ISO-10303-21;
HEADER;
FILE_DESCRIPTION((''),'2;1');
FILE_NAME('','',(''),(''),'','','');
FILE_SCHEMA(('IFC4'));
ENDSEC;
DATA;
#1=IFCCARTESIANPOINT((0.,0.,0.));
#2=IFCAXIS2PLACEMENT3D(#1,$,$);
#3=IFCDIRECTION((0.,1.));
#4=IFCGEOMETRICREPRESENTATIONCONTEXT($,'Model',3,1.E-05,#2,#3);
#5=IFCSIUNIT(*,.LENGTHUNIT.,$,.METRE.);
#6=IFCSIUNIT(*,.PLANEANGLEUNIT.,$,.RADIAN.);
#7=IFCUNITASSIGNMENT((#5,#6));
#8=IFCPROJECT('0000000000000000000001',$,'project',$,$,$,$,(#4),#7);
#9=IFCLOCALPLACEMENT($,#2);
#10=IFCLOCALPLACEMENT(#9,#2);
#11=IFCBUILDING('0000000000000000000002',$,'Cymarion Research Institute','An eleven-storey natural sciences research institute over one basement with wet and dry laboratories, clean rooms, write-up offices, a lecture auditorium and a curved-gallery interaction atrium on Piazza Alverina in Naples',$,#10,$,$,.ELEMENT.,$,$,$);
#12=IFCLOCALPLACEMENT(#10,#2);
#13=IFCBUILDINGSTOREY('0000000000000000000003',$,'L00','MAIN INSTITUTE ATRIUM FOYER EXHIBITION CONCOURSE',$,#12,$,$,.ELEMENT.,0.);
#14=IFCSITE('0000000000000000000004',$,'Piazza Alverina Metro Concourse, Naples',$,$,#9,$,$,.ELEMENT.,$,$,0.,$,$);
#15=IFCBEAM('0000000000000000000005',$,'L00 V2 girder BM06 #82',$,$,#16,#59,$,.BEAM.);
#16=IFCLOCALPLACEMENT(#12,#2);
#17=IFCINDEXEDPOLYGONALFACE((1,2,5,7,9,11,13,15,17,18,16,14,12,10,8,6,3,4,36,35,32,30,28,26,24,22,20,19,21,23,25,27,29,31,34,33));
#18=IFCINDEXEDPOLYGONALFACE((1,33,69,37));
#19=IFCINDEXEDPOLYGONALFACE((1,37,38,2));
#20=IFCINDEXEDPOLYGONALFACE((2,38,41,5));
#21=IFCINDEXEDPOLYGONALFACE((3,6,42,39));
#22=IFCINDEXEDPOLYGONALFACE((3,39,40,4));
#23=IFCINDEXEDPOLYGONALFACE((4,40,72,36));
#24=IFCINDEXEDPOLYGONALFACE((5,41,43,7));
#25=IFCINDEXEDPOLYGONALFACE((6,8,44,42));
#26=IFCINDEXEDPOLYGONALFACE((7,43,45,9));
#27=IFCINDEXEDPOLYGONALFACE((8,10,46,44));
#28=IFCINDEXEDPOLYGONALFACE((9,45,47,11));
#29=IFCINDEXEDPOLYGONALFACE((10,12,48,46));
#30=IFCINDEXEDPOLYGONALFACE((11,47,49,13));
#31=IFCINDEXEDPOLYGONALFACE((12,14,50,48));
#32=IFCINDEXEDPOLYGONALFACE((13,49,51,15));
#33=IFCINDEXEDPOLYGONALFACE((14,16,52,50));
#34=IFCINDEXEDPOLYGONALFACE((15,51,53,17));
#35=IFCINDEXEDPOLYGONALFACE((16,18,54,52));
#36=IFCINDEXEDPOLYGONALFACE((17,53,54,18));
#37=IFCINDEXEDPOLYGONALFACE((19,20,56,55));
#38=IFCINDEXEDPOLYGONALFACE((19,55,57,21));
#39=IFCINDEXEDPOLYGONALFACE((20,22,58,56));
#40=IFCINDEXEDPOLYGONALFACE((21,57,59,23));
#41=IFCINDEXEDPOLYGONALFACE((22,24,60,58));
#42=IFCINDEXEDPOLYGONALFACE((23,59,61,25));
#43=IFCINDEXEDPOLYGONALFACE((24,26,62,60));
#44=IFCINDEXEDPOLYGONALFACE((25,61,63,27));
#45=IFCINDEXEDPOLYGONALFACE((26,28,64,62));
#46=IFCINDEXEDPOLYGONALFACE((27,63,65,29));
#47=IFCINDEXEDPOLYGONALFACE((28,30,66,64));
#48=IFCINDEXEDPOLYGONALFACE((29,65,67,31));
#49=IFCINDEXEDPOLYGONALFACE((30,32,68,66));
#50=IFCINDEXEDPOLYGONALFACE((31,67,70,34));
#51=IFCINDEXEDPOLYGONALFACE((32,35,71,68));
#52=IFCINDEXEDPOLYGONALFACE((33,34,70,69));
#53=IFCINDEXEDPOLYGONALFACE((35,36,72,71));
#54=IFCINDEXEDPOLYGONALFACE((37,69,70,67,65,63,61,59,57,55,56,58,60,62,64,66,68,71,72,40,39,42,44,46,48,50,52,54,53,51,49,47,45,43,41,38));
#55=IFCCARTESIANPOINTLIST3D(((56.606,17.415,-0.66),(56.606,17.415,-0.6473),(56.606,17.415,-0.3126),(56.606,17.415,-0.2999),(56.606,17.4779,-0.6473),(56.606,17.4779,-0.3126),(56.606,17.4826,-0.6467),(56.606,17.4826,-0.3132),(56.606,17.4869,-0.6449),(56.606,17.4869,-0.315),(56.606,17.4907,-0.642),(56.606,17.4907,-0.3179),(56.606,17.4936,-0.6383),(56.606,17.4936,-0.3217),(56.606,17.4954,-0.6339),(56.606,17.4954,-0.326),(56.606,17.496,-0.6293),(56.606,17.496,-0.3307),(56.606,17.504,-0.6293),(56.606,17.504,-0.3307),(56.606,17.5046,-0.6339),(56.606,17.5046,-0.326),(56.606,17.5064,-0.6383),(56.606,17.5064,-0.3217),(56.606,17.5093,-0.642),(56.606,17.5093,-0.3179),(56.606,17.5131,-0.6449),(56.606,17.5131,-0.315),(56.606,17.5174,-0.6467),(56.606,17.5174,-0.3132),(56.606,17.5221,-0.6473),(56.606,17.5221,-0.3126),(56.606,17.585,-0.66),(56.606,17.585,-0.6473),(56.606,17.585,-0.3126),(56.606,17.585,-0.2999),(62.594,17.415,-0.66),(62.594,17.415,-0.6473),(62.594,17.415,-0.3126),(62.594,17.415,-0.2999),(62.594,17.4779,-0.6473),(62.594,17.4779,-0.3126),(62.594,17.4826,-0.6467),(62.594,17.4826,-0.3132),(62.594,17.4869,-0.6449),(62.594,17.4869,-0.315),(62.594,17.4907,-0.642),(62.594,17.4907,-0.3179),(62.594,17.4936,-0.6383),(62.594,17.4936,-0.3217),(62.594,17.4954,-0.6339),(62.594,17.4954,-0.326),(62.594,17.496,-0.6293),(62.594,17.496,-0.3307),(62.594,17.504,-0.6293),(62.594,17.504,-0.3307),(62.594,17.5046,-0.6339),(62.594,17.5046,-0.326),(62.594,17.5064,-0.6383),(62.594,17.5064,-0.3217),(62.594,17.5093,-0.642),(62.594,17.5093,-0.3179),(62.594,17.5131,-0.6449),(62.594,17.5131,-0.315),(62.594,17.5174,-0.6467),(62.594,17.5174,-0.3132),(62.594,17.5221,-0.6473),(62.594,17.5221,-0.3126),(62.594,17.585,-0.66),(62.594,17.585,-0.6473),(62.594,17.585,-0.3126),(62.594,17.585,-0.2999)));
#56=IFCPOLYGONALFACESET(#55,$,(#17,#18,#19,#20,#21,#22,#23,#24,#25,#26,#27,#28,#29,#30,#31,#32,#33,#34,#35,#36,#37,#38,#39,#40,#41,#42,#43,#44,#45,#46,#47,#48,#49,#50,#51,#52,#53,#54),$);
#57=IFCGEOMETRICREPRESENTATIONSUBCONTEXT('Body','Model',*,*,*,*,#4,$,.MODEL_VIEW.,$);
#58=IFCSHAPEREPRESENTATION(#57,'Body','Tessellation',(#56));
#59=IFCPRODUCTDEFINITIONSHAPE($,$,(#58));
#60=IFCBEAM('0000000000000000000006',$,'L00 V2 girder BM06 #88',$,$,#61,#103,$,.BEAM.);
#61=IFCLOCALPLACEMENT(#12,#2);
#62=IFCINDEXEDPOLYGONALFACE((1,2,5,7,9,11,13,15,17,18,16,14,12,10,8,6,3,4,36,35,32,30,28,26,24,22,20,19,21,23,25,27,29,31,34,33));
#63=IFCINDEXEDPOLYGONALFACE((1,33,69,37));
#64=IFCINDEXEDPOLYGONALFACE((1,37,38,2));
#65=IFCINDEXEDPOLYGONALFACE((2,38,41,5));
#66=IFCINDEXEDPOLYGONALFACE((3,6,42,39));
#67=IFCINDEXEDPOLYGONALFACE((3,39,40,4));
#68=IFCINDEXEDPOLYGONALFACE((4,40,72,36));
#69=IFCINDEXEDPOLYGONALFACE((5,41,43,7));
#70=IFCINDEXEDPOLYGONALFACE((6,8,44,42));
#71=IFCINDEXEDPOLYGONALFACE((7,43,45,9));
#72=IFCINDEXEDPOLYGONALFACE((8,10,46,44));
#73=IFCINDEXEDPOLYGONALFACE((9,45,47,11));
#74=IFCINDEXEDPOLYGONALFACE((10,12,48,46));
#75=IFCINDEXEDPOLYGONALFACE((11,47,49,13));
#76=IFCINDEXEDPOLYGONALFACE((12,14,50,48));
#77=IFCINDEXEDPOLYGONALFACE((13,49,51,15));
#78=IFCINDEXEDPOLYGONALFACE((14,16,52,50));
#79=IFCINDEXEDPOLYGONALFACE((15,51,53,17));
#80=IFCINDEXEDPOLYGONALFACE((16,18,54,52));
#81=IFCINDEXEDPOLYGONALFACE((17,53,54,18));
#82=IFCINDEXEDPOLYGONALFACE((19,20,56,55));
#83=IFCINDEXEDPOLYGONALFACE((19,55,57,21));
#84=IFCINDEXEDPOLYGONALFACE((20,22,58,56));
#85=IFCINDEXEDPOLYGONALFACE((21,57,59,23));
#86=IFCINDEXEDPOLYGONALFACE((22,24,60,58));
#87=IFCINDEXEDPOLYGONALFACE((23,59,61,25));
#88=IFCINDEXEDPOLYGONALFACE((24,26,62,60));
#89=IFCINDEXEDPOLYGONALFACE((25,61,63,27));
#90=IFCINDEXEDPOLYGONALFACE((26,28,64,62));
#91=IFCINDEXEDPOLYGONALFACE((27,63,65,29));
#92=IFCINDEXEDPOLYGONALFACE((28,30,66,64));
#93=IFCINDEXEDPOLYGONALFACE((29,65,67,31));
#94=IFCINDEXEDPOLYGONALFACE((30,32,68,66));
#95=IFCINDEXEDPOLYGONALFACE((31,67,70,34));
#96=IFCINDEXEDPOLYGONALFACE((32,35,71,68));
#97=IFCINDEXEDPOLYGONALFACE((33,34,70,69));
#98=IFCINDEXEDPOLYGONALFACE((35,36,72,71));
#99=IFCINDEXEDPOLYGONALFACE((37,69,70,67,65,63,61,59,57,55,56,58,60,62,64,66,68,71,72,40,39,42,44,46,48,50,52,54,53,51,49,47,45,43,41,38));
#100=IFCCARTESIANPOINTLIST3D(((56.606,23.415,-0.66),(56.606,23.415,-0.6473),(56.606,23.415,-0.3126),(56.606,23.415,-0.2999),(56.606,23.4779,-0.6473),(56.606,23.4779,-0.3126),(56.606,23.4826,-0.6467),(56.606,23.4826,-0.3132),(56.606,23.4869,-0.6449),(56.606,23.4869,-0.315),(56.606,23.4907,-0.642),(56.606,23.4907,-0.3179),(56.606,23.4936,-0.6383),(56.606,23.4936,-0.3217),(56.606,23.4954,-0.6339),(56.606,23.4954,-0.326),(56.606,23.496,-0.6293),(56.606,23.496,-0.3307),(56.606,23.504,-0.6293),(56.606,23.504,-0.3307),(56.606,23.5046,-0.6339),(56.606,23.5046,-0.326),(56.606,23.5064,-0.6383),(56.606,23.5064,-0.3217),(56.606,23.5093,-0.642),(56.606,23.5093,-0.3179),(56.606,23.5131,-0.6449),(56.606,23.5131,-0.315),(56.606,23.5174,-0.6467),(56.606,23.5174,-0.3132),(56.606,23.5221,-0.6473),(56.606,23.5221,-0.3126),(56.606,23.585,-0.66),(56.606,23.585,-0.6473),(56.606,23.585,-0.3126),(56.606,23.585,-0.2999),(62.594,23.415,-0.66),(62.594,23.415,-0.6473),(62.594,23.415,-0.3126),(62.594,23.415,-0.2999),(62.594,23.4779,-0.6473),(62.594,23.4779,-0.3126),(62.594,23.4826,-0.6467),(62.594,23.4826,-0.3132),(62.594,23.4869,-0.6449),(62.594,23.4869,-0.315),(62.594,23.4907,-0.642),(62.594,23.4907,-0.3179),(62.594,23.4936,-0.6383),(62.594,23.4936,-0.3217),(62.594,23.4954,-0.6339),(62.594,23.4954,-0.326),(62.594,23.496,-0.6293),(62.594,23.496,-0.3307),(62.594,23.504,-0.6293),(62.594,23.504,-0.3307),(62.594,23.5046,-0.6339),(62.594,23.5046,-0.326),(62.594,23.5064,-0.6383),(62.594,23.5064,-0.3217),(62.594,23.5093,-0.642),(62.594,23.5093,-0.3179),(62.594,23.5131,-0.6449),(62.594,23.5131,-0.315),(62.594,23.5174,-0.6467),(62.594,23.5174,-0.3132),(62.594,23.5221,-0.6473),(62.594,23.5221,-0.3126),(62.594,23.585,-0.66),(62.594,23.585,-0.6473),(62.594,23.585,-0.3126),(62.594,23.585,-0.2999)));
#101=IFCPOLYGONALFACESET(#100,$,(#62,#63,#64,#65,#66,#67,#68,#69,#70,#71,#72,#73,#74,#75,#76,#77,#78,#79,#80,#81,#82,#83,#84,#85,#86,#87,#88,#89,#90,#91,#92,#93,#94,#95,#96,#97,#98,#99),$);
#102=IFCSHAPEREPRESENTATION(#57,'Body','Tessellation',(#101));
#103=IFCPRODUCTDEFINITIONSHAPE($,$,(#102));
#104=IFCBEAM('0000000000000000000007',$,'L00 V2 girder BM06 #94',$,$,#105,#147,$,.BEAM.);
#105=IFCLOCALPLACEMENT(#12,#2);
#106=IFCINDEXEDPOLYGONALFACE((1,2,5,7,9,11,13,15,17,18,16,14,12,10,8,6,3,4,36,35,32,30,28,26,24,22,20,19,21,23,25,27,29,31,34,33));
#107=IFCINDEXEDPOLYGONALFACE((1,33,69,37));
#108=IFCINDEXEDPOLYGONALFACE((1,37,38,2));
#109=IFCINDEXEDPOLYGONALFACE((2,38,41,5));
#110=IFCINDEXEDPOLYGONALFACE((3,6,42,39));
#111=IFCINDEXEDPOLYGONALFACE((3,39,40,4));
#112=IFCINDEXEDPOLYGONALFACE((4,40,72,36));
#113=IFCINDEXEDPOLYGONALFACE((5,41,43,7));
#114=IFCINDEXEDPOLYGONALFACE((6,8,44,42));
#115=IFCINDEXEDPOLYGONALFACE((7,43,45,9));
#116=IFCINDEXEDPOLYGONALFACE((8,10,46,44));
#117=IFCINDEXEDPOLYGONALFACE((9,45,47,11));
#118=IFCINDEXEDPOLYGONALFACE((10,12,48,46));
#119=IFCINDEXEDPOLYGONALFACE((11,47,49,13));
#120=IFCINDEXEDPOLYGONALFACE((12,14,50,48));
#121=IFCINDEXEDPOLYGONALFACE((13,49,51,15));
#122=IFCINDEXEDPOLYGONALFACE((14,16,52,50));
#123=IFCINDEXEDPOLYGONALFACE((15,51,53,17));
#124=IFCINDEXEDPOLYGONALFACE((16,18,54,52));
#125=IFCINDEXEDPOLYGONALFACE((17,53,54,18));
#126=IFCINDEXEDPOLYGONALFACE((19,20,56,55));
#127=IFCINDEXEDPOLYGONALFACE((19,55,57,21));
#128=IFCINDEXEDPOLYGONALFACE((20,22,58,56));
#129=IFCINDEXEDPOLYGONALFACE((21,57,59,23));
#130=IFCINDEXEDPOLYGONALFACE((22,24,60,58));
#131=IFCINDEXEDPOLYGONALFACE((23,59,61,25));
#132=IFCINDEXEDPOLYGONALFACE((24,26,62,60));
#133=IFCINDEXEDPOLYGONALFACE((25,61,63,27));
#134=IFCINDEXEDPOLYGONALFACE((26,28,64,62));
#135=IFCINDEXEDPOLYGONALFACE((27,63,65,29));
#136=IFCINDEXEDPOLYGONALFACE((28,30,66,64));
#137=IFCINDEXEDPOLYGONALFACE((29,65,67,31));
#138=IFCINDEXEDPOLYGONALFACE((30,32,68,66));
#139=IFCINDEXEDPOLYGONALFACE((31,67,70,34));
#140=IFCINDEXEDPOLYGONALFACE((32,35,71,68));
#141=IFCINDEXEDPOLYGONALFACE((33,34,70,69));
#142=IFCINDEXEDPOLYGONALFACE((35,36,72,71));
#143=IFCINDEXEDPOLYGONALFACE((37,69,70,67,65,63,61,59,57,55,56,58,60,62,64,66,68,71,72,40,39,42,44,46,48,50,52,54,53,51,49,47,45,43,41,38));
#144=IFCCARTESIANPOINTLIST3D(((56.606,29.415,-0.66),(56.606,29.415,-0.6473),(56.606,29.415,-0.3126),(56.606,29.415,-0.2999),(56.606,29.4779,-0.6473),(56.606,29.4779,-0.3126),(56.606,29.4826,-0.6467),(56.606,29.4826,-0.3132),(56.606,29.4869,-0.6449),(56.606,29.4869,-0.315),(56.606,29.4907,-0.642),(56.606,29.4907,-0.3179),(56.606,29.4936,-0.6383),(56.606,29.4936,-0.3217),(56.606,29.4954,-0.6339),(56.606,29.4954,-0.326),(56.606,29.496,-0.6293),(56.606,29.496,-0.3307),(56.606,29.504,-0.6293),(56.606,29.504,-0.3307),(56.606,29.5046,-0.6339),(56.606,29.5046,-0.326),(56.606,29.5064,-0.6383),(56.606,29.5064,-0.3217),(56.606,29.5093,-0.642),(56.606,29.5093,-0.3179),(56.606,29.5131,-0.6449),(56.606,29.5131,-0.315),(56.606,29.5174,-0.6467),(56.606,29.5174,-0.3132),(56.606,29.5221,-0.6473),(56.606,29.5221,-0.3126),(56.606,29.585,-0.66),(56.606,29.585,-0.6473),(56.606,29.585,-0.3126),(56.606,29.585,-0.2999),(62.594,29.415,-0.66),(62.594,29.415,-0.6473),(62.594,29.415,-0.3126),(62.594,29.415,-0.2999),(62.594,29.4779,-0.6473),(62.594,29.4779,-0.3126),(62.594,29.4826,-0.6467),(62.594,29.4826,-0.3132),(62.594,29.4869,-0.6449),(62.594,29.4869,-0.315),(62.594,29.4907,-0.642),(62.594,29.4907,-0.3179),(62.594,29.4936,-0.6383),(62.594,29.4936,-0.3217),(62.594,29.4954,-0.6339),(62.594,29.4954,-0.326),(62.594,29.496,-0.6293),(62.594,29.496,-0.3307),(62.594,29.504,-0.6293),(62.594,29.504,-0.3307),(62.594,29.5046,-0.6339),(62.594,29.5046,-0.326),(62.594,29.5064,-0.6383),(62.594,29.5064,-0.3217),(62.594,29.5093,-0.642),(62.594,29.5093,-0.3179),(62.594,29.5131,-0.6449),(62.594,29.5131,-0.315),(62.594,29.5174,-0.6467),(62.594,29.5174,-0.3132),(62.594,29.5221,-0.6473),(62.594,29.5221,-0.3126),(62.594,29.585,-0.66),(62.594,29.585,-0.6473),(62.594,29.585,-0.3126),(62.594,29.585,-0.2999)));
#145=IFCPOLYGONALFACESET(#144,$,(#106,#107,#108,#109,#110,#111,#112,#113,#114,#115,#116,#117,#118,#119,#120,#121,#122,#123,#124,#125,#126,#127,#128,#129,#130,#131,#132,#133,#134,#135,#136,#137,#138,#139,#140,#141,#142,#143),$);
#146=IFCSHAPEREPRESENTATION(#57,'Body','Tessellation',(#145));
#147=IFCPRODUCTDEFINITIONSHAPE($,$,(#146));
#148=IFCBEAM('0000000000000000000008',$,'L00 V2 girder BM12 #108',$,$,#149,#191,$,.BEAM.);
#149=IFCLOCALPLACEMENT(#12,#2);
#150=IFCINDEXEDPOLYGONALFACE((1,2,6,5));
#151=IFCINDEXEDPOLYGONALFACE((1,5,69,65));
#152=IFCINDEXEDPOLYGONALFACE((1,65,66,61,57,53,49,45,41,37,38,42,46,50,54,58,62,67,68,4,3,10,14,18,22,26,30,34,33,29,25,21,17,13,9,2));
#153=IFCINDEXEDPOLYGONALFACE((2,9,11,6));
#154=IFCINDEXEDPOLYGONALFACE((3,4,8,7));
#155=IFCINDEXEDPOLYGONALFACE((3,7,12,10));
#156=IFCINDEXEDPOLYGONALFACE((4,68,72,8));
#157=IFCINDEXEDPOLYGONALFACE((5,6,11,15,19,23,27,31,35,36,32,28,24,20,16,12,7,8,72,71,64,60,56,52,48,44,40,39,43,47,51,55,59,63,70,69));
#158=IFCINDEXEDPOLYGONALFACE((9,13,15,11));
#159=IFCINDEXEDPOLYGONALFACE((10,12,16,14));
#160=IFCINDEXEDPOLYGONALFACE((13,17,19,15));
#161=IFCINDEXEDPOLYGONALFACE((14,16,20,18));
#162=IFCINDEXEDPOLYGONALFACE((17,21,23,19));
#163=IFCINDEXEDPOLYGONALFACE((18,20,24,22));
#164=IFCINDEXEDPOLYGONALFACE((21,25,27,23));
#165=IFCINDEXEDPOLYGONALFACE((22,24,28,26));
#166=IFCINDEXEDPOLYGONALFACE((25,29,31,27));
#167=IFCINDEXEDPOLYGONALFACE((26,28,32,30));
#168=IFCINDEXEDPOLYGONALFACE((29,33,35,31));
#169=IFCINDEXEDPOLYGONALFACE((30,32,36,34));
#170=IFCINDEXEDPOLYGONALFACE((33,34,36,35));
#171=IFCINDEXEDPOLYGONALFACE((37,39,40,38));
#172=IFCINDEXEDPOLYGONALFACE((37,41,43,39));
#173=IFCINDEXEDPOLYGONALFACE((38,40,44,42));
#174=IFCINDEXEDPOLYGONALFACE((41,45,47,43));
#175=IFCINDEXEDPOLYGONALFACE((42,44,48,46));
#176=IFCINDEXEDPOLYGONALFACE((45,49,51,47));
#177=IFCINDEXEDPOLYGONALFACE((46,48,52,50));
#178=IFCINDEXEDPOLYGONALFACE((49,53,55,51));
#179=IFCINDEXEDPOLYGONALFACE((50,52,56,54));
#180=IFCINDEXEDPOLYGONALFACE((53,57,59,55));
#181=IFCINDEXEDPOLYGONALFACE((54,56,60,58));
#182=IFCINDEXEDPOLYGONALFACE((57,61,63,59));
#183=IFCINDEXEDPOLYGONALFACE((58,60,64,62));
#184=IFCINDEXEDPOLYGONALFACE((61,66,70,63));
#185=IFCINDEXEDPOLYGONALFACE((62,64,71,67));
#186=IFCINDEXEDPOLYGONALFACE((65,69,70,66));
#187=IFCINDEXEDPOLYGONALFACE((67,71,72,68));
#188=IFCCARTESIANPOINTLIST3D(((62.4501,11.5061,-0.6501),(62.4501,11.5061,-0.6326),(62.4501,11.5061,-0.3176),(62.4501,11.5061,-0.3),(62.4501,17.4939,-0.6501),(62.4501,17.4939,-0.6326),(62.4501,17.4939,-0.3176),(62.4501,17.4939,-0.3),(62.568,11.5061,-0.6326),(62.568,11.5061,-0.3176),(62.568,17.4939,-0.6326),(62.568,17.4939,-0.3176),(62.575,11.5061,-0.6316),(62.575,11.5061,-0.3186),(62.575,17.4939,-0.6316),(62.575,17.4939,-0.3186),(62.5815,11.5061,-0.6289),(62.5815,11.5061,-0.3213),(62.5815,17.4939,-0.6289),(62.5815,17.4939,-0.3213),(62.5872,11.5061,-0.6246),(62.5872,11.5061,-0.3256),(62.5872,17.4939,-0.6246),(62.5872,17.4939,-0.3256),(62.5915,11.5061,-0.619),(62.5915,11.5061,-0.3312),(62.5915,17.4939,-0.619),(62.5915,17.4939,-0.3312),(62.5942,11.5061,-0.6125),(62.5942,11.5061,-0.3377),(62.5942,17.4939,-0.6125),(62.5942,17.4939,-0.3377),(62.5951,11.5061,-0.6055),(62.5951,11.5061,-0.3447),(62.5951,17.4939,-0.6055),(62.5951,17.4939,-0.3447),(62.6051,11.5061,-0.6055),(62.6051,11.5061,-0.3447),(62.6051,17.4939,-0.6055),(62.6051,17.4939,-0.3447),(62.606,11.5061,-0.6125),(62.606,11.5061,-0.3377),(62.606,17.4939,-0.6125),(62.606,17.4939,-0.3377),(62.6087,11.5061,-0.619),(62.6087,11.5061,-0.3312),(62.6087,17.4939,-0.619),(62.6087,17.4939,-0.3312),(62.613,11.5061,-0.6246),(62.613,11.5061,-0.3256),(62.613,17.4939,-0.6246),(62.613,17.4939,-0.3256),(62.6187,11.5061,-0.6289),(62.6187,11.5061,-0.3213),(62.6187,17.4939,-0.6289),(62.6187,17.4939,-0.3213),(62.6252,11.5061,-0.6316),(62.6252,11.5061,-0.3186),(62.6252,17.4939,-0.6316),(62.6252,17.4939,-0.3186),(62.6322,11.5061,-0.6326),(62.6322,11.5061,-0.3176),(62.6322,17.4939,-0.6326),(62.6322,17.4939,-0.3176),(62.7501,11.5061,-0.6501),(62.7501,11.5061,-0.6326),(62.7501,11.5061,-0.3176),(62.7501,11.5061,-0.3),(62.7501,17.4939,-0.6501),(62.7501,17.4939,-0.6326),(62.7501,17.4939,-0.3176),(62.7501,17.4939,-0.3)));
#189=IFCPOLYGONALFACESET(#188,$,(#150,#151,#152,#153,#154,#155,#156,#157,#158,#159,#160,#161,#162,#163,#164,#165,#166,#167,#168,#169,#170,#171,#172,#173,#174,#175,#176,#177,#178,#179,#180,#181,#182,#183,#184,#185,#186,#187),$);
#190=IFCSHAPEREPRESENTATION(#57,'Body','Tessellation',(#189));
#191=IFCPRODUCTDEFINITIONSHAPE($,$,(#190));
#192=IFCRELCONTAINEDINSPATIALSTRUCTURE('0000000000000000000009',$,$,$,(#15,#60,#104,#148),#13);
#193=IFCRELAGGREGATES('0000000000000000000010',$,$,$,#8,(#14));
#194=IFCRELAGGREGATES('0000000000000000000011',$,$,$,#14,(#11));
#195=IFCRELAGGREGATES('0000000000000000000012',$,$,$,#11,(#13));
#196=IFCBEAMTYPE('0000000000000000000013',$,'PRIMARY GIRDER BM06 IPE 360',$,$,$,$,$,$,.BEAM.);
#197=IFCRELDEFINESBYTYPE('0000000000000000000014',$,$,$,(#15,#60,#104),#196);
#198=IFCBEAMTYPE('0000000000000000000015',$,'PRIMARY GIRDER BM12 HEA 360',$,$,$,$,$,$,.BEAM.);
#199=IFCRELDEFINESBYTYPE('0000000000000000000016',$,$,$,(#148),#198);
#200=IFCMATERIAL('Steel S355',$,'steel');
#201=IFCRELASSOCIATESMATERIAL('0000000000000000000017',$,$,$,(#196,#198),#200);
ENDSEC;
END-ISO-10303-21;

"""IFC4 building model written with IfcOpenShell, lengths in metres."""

from ifc_helpers import new_model, si_unit, direction, frame, origin, origin_2d, place, context, subcontext, project, spatial, i_section, extrude, material, material_profile, profile_set, type_object, element, save


model = new_model("IFC4")

# Units and contexts
model_context = context("Model", 3, precision=1e-05, world=origin(), true_north=direction((0.0, 1.0)))
body_context = subcontext(model_context, "Body", "Model", "MODEL_VIEW")
ifc_project = project(units=[si_unit("LENGTHUNIT", "METRE"), si_unit("PLANEANGLEUNIT", "RADIAN")], contexts=[model_context])

# Site, building, storey
site_placement = place(None, origin())
site = spatial("IfcSite", under=ifc_project, at=site_placement, Name="Piazza Alverina Metro Concourse, Naples", CompositionType="ELEMENT", RefElevation=0.0)
building_placement = place(site_placement, origin())
building = spatial("IfcBuilding", under=site, at=building_placement, Name="Cymarion Research Institute", Description="An eleven-storey natural sciences research institute over one basement with wet and dry laboratories, clean rooms, write-up offices, a lecture auditorium and a curved-gallery interaction atrium on Piazza Alverina in Naples", CompositionType="ELEMENT")
storey_placement = place(building_placement, origin())
storey = spatial("IfcBuildingStorey", under=building, at=storey_placement, Name="L00", Description="MAIN INSTITUTE ATRIUM FOYER EXHIBITION CONCOURSE", CompositionType="ELEMENT", Elevation=0.0)

# Shared definitions
ifc_material_1 = material(Name="Steel S355", Category="steel")

# Beams
ifc_material_profile_1 = material_profile(ifc_material_1, i_section(OverallWidth=0.1699, OverallDepth=0.3601, WebThickness=0.0081, FlangeThickness=0.0127, FilletRadius=0.0181, at=origin_2d()), Name="IPE 360")
ifc_profile_set_1 = profile_set([ifc_material_profile_1], Name="Steel S355")
beam_type_1 = type_object("IfcBeamType", Name="PRIMARY GIRDER BM06 IPE 360", PredefinedType="BEAM", material=ifc_profile_set_1)
for number, where, z_axis, x_axis, name in (
    (1, (56.606, 17.5, -0.48), (1.0, 0.0, 0.0), (0.0, 1.0, 0.0), "L00 V2 girder BM06 #82"),
    (2, (56.606, 23.5, -0.48), (1.0, 0.0, 0.0), (0.0, 1.0, 0.0), "L00 V2 girder BM06 #88"),
    (3, (56.606, 29.5, -0.48), (1.0, 0.0, 0.0), (0.0, 1.0, 0.0), "L00 V2 girder BM06 #94"),
):
    element("IfcBeam", number, at=place(storey_placement, frame(where, z_axis=z_axis, x_axis=x_axis)), inside=storey, type_object=beam_type_1, Name=name, PredefinedType="BEAM", context=body_context, shape_type="SweptSolid", body=[
        extrude(i_section(OverallWidth=0.1699, OverallDepth=0.3601, WebThickness=0.0081, FlangeThickness=0.0127, FilletRadius=0.0181, at=origin_2d()), origin(), (0.0, 0.0, 1.0), 5.988),
    ])
ifc_material_profile_2 = material_profile(ifc_material_1, i_section(OverallWidth=0.3, OverallDepth=0.3501, WebThickness=0.01, FlangeThickness=0.0176, FilletRadius=0.0271, at=origin_2d()), Name="HEA 360")
ifc_profile_set_2 = profile_set([ifc_material_profile_2], Name="Steel S355")
beam_type_2 = type_object("IfcBeamType", Name="PRIMARY GIRDER BM12 HEA 360", PredefinedType="BEAM", material=ifc_profile_set_2)
for number, where, z_axis, x_axis, name in (
    (4, (62.6001, 11.5061, -0.4751), (0.0, 1.0, 0.0), (-1.0, 0.0, 0.0), "L00 V2 girder BM12 #108"),
):
    element("IfcBeam", number, at=place(storey_placement, frame(where, z_axis=z_axis, x_axis=x_axis)), inside=storey, type_object=beam_type_2, Name=name, PredefinedType="BEAM", context=body_context, shape_type="SweptSolid", body=[
        extrude(i_section(OverallWidth=0.3, OverallDepth=0.3501, WebThickness=0.01, FlangeThickness=0.0176, FilletRadius=0.0271, at=origin_2d()), origin(), (0.0, 0.0, 1.0), 5.9878),
    ])

save(model, "model.ifc")
